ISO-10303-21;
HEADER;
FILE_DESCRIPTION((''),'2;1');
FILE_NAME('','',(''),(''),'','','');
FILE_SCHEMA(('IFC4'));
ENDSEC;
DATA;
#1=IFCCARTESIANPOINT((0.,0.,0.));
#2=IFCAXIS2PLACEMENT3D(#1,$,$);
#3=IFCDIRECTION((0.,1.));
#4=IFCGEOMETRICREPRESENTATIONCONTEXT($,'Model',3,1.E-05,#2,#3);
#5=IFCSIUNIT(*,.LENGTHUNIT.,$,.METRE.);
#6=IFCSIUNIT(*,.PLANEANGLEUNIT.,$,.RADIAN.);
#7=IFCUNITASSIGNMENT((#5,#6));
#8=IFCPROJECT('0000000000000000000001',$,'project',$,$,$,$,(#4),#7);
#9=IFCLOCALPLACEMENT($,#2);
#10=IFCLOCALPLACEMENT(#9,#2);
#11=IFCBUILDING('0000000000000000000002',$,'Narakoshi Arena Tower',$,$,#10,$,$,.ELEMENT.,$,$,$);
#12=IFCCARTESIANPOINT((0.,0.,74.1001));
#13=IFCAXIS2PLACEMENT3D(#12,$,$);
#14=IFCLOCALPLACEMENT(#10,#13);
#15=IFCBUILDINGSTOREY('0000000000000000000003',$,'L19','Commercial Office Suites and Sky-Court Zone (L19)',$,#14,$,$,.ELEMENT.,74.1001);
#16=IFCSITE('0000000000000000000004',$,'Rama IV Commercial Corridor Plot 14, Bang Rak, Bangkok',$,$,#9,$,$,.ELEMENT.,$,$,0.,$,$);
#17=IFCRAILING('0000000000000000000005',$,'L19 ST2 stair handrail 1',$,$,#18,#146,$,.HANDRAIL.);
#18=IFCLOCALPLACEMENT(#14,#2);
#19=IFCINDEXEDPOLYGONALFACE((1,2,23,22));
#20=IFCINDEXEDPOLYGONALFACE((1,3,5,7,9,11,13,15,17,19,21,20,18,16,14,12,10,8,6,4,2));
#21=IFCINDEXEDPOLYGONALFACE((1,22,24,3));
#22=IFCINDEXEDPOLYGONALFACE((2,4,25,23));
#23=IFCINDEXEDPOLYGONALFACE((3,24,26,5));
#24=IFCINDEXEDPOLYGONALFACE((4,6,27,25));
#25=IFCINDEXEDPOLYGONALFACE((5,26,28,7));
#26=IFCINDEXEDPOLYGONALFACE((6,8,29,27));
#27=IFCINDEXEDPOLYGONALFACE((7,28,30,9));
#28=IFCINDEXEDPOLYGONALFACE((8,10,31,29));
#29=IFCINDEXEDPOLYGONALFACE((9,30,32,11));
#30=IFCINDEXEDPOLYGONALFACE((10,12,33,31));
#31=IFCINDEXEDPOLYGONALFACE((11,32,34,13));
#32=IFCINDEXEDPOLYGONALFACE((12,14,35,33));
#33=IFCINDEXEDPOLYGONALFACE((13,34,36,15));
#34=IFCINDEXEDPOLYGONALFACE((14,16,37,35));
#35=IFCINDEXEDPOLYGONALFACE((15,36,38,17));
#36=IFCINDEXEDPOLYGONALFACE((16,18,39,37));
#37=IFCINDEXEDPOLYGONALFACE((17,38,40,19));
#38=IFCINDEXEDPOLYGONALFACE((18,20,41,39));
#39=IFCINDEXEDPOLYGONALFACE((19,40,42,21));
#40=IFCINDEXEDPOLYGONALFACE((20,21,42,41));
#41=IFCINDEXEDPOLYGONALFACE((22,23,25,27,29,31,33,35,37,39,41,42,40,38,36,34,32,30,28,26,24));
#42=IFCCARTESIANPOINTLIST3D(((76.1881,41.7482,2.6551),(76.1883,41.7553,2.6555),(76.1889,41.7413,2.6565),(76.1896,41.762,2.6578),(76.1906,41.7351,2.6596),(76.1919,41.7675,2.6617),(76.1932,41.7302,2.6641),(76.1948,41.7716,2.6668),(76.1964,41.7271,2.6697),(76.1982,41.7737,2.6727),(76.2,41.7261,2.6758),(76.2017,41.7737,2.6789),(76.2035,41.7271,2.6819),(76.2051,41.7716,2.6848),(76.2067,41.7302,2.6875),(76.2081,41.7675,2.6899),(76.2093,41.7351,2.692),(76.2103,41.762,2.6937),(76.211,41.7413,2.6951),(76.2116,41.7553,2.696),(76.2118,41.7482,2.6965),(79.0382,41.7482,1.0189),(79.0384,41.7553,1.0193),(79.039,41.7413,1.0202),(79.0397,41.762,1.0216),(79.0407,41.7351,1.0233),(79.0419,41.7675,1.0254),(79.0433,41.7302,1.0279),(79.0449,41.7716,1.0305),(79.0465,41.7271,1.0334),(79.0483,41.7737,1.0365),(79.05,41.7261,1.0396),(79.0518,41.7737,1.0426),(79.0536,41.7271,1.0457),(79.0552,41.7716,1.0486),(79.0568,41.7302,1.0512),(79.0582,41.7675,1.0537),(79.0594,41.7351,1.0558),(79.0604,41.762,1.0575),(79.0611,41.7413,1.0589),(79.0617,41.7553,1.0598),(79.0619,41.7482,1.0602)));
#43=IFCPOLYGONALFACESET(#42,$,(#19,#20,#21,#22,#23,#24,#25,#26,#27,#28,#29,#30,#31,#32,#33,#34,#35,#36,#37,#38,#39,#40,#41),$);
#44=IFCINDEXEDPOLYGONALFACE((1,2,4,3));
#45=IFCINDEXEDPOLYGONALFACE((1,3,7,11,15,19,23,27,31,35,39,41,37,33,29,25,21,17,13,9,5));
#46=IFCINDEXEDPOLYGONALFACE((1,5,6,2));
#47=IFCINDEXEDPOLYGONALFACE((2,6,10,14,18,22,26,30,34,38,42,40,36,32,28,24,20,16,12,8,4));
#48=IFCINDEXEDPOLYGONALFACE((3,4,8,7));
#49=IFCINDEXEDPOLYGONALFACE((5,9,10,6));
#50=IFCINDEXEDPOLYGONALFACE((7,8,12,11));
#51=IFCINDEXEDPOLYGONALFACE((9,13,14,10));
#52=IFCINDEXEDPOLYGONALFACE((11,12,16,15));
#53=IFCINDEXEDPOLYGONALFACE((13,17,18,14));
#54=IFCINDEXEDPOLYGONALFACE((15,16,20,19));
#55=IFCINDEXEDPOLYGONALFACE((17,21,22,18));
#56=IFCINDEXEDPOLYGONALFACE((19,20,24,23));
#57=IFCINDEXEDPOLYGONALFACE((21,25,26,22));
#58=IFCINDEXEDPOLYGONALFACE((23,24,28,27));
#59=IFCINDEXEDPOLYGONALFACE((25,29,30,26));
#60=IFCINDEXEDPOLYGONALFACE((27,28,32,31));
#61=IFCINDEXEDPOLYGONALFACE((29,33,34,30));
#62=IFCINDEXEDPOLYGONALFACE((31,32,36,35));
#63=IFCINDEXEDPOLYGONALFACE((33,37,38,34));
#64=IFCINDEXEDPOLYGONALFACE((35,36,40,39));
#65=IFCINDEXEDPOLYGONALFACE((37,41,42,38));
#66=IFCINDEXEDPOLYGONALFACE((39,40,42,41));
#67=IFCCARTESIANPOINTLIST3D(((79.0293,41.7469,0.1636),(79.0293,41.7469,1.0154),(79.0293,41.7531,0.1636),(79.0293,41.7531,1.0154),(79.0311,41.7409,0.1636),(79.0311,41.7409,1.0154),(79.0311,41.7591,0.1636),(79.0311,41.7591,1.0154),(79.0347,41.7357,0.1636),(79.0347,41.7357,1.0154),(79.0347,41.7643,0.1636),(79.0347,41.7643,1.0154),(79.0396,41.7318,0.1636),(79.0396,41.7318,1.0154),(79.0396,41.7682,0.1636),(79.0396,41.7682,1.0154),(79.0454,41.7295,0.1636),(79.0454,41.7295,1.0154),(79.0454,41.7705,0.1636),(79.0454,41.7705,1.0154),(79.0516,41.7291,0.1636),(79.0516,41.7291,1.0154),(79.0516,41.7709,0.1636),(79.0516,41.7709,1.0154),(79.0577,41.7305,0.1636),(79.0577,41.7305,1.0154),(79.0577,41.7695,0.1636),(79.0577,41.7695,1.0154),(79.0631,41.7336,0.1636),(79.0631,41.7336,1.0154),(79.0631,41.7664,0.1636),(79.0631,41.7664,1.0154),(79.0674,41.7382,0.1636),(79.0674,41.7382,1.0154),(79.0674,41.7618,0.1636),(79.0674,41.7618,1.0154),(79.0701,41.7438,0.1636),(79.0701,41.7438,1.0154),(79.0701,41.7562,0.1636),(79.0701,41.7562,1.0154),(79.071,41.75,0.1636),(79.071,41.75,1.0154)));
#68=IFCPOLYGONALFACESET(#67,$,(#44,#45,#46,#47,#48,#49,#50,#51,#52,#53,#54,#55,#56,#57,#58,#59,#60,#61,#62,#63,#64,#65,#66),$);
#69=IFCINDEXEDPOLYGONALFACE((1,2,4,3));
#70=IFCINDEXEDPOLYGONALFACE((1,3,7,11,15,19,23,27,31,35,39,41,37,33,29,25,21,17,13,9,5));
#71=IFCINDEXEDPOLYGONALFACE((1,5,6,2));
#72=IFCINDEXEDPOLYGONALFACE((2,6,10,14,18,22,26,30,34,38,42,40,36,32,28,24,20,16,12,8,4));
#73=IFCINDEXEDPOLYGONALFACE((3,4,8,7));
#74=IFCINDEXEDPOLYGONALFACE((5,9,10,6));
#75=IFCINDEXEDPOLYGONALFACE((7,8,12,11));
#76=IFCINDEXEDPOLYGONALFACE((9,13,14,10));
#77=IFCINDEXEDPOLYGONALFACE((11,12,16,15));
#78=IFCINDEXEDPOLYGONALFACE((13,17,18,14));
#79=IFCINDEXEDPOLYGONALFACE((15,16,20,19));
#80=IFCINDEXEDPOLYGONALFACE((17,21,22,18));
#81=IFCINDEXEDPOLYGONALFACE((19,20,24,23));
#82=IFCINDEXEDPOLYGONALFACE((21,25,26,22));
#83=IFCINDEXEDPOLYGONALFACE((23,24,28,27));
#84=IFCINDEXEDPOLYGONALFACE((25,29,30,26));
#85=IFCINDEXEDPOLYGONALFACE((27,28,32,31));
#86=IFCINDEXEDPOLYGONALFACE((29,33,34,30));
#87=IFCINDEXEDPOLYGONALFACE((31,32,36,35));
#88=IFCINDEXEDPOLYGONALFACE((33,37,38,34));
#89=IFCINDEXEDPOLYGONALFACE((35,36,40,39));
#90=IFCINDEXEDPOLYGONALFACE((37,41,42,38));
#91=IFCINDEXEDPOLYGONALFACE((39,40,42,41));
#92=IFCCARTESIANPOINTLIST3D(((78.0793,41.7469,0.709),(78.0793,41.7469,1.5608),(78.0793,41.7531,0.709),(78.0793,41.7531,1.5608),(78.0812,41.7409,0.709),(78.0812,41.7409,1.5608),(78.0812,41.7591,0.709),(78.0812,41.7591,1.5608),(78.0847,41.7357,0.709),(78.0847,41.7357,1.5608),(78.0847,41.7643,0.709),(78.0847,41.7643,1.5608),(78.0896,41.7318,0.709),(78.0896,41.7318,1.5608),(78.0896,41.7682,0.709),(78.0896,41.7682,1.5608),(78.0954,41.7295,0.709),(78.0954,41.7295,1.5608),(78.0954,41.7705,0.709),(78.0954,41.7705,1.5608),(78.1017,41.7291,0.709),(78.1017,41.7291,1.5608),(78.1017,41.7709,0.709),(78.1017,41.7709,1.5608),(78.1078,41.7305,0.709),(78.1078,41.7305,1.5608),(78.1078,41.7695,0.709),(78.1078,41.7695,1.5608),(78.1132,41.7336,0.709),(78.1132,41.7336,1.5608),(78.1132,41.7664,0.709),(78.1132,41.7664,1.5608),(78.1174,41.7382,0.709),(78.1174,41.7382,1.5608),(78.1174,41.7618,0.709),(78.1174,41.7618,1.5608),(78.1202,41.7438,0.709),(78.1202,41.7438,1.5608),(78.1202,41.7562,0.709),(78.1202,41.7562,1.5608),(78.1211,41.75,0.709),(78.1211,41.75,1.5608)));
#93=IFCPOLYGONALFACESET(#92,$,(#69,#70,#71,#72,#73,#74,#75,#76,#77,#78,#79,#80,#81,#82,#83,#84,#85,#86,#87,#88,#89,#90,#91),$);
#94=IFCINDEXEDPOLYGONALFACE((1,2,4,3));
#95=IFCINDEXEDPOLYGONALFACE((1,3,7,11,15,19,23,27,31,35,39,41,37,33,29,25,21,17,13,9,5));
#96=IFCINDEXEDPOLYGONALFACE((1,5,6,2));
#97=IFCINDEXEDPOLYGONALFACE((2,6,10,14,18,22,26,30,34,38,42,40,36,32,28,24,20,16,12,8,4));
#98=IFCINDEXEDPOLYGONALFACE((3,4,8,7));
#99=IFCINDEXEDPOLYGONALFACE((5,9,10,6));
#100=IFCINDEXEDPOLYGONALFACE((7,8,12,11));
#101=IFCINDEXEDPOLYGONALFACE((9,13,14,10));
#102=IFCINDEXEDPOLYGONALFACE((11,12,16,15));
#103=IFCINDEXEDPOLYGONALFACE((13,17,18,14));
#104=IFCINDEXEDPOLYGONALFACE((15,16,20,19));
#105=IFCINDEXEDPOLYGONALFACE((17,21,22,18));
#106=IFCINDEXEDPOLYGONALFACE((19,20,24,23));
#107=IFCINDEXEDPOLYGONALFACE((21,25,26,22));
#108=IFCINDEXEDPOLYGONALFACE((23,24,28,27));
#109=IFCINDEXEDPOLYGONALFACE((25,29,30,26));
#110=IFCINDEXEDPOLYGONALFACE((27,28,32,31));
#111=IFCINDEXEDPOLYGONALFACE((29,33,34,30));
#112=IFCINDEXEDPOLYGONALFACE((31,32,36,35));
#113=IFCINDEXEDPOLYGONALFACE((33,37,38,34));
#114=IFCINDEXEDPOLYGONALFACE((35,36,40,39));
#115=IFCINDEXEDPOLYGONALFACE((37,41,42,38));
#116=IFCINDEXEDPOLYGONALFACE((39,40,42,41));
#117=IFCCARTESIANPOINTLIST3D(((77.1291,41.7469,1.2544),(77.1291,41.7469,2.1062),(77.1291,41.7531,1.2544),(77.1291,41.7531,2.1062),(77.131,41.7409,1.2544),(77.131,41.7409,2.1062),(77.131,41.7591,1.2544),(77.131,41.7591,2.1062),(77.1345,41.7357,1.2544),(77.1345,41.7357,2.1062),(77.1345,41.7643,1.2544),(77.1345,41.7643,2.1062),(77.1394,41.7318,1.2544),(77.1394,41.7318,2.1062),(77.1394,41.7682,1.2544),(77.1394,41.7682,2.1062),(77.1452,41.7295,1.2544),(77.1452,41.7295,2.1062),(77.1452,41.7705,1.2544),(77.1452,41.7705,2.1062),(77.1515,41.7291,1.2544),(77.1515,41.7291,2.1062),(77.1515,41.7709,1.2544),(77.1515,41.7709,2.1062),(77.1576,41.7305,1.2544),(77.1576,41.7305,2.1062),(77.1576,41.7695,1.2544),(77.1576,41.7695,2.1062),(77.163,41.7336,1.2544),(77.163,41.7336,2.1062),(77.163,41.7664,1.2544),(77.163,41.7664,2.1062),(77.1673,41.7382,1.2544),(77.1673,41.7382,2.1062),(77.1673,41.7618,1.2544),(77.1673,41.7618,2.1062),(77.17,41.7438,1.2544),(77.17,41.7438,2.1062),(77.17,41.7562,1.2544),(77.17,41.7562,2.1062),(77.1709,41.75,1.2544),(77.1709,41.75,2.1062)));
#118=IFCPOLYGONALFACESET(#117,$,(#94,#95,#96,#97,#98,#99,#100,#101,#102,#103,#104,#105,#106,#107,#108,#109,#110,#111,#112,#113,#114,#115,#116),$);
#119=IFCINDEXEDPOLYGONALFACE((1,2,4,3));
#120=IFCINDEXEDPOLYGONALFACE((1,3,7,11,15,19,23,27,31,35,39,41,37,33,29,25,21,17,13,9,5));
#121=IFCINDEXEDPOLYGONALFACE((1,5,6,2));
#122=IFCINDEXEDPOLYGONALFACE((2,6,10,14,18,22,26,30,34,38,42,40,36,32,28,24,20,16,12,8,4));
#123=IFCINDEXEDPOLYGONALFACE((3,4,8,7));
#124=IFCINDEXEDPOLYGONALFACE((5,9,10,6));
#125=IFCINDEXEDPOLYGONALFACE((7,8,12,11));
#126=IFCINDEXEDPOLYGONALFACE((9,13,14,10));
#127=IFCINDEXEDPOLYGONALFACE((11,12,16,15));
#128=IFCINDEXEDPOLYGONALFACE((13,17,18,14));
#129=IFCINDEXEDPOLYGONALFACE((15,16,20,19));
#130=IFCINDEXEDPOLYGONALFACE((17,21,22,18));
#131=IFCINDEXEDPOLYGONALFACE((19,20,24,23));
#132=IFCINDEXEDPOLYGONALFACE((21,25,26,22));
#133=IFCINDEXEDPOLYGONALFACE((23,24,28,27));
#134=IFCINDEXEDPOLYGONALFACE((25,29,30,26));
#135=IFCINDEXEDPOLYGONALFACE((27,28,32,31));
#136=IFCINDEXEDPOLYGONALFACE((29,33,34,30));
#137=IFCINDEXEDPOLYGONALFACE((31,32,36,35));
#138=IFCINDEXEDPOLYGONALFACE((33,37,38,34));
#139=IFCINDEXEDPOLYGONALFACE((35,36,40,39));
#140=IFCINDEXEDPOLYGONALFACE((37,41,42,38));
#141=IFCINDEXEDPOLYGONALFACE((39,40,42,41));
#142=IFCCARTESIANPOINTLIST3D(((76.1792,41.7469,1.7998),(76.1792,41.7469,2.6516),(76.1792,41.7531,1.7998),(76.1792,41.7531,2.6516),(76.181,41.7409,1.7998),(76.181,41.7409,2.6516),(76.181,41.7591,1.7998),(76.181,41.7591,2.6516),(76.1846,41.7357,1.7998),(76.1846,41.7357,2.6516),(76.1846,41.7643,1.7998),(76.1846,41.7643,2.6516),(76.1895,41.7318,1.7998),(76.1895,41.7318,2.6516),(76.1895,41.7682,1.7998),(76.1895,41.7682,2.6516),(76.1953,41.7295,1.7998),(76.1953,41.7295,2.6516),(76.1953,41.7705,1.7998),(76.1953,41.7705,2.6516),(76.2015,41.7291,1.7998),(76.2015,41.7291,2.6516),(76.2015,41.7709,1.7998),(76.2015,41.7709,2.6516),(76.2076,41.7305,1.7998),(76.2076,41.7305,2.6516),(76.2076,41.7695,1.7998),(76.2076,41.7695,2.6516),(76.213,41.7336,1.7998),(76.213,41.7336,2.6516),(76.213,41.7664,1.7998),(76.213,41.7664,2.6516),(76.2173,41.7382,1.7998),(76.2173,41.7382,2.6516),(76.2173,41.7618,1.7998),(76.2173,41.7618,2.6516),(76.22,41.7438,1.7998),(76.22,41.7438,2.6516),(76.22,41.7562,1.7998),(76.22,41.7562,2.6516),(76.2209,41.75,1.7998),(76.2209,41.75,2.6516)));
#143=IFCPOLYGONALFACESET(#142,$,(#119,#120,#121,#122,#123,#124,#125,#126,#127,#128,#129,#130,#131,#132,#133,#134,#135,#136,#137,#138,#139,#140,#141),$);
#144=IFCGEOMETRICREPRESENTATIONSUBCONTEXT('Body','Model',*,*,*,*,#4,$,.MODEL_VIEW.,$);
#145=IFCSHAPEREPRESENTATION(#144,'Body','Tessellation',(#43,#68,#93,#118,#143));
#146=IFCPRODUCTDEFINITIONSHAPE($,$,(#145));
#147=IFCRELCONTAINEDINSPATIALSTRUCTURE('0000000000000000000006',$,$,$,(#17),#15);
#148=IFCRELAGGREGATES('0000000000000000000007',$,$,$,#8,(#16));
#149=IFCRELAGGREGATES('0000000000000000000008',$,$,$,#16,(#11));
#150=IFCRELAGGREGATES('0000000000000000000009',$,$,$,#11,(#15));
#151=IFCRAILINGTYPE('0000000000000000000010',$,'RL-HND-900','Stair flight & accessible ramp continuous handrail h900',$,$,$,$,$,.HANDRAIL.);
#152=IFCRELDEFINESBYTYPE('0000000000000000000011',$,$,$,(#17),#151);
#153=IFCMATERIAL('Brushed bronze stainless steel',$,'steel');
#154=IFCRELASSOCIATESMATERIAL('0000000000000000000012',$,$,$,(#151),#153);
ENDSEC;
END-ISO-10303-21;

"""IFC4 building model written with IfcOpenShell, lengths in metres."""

from ifc_helpers import new_model, si_unit, direction, frame, origin, origin_2d, place, context, subcontext, project, spatial, circle, extrude, material, type_object, element, save


model = new_model("IFC4")

# Units and contexts
model_context = context("Model", 3, precision=1e-05, world=origin(), true_north=direction((0.0, 1.0)))
body_context = subcontext(model_context, "Body", "Model", "MODEL_VIEW")
ifc_project = project(units=[si_unit("LENGTHUNIT", "METRE"), si_unit("PLANEANGLEUNIT", "RADIAN")], contexts=[model_context])

# Site, building, storey
site_placement = place(None, origin())
site = spatial("IfcSite", under=ifc_project, at=site_placement, Name="Rama IV Commercial Corridor Plot 14, Bang Rak, Bangkok", CompositionType="ELEMENT", RefElevation=0.0)
building_placement = place(site_placement, origin())
building = spatial("IfcBuilding", under=site, at=building_placement, Name="Narakoshi Arena Tower", CompositionType="ELEMENT")
storey_placement = place(building_placement, frame((0.0, 0.0, 74.1001)))
storey = spatial("IfcBuildingStorey", under=building, at=storey_placement, Name="L19", Description="Commercial Office Suites and Sky-Court Zone (L19)", CompositionType="ELEMENT", Elevation=74.1001)

# Shared definitions
ifc_material_1 = material(Name="Brushed bronze stainless steel", Category="steel")

# Railing
railing_type_1 = type_object("IfcRailingType", Name="RL-HND-900", Description="Stair flight & accessible ramp continuous handrail h900", PredefinedType="HANDRAIL", material=ifc_material_1)
railing_1_placement = place(storey_placement, frame((79.05, 41.75, 0.1636)))
element("IfcRailing", 1, at=railing_1_placement, inside=storey, type_object=railing_type_1, Name="L19 ST2 stair handrail 1", PredefinedType="HANDRAIL", context=body_context, shape_type="SweptSolid", body=[
    extrude(circle(Radius=0.0239, at=origin_2d()), frame((0.0, 0.0, 0.876), z_axis=(-0.867245, 0.0, 0.497882), x_axis=(0.0, -1.0, 0.0)), (0.0, 0.0, 1.0), 3.2864),
    extrude(circle(Radius=0.021, at=origin_2d()), origin(), (0.0, 0.0, 1.0), 0.8518),
    extrude(circle(Radius=0.021, at=origin_2d()), frame((-0.95, 0.0, 0.5454)), (0.0, 0.0, 1.0), 0.8518),
    extrude(circle(Radius=0.021, at=origin_2d()), frame((-1.9001, 0.0, 1.0908)), (0.0, 0.0, 1.0), 0.8518),
    extrude(circle(Radius=0.021, at=origin_2d()), frame((-2.8501, 0.0, 1.6362)), (0.0, 0.0, 1.0), 0.8518),
])

save(model, "model.ifc")
